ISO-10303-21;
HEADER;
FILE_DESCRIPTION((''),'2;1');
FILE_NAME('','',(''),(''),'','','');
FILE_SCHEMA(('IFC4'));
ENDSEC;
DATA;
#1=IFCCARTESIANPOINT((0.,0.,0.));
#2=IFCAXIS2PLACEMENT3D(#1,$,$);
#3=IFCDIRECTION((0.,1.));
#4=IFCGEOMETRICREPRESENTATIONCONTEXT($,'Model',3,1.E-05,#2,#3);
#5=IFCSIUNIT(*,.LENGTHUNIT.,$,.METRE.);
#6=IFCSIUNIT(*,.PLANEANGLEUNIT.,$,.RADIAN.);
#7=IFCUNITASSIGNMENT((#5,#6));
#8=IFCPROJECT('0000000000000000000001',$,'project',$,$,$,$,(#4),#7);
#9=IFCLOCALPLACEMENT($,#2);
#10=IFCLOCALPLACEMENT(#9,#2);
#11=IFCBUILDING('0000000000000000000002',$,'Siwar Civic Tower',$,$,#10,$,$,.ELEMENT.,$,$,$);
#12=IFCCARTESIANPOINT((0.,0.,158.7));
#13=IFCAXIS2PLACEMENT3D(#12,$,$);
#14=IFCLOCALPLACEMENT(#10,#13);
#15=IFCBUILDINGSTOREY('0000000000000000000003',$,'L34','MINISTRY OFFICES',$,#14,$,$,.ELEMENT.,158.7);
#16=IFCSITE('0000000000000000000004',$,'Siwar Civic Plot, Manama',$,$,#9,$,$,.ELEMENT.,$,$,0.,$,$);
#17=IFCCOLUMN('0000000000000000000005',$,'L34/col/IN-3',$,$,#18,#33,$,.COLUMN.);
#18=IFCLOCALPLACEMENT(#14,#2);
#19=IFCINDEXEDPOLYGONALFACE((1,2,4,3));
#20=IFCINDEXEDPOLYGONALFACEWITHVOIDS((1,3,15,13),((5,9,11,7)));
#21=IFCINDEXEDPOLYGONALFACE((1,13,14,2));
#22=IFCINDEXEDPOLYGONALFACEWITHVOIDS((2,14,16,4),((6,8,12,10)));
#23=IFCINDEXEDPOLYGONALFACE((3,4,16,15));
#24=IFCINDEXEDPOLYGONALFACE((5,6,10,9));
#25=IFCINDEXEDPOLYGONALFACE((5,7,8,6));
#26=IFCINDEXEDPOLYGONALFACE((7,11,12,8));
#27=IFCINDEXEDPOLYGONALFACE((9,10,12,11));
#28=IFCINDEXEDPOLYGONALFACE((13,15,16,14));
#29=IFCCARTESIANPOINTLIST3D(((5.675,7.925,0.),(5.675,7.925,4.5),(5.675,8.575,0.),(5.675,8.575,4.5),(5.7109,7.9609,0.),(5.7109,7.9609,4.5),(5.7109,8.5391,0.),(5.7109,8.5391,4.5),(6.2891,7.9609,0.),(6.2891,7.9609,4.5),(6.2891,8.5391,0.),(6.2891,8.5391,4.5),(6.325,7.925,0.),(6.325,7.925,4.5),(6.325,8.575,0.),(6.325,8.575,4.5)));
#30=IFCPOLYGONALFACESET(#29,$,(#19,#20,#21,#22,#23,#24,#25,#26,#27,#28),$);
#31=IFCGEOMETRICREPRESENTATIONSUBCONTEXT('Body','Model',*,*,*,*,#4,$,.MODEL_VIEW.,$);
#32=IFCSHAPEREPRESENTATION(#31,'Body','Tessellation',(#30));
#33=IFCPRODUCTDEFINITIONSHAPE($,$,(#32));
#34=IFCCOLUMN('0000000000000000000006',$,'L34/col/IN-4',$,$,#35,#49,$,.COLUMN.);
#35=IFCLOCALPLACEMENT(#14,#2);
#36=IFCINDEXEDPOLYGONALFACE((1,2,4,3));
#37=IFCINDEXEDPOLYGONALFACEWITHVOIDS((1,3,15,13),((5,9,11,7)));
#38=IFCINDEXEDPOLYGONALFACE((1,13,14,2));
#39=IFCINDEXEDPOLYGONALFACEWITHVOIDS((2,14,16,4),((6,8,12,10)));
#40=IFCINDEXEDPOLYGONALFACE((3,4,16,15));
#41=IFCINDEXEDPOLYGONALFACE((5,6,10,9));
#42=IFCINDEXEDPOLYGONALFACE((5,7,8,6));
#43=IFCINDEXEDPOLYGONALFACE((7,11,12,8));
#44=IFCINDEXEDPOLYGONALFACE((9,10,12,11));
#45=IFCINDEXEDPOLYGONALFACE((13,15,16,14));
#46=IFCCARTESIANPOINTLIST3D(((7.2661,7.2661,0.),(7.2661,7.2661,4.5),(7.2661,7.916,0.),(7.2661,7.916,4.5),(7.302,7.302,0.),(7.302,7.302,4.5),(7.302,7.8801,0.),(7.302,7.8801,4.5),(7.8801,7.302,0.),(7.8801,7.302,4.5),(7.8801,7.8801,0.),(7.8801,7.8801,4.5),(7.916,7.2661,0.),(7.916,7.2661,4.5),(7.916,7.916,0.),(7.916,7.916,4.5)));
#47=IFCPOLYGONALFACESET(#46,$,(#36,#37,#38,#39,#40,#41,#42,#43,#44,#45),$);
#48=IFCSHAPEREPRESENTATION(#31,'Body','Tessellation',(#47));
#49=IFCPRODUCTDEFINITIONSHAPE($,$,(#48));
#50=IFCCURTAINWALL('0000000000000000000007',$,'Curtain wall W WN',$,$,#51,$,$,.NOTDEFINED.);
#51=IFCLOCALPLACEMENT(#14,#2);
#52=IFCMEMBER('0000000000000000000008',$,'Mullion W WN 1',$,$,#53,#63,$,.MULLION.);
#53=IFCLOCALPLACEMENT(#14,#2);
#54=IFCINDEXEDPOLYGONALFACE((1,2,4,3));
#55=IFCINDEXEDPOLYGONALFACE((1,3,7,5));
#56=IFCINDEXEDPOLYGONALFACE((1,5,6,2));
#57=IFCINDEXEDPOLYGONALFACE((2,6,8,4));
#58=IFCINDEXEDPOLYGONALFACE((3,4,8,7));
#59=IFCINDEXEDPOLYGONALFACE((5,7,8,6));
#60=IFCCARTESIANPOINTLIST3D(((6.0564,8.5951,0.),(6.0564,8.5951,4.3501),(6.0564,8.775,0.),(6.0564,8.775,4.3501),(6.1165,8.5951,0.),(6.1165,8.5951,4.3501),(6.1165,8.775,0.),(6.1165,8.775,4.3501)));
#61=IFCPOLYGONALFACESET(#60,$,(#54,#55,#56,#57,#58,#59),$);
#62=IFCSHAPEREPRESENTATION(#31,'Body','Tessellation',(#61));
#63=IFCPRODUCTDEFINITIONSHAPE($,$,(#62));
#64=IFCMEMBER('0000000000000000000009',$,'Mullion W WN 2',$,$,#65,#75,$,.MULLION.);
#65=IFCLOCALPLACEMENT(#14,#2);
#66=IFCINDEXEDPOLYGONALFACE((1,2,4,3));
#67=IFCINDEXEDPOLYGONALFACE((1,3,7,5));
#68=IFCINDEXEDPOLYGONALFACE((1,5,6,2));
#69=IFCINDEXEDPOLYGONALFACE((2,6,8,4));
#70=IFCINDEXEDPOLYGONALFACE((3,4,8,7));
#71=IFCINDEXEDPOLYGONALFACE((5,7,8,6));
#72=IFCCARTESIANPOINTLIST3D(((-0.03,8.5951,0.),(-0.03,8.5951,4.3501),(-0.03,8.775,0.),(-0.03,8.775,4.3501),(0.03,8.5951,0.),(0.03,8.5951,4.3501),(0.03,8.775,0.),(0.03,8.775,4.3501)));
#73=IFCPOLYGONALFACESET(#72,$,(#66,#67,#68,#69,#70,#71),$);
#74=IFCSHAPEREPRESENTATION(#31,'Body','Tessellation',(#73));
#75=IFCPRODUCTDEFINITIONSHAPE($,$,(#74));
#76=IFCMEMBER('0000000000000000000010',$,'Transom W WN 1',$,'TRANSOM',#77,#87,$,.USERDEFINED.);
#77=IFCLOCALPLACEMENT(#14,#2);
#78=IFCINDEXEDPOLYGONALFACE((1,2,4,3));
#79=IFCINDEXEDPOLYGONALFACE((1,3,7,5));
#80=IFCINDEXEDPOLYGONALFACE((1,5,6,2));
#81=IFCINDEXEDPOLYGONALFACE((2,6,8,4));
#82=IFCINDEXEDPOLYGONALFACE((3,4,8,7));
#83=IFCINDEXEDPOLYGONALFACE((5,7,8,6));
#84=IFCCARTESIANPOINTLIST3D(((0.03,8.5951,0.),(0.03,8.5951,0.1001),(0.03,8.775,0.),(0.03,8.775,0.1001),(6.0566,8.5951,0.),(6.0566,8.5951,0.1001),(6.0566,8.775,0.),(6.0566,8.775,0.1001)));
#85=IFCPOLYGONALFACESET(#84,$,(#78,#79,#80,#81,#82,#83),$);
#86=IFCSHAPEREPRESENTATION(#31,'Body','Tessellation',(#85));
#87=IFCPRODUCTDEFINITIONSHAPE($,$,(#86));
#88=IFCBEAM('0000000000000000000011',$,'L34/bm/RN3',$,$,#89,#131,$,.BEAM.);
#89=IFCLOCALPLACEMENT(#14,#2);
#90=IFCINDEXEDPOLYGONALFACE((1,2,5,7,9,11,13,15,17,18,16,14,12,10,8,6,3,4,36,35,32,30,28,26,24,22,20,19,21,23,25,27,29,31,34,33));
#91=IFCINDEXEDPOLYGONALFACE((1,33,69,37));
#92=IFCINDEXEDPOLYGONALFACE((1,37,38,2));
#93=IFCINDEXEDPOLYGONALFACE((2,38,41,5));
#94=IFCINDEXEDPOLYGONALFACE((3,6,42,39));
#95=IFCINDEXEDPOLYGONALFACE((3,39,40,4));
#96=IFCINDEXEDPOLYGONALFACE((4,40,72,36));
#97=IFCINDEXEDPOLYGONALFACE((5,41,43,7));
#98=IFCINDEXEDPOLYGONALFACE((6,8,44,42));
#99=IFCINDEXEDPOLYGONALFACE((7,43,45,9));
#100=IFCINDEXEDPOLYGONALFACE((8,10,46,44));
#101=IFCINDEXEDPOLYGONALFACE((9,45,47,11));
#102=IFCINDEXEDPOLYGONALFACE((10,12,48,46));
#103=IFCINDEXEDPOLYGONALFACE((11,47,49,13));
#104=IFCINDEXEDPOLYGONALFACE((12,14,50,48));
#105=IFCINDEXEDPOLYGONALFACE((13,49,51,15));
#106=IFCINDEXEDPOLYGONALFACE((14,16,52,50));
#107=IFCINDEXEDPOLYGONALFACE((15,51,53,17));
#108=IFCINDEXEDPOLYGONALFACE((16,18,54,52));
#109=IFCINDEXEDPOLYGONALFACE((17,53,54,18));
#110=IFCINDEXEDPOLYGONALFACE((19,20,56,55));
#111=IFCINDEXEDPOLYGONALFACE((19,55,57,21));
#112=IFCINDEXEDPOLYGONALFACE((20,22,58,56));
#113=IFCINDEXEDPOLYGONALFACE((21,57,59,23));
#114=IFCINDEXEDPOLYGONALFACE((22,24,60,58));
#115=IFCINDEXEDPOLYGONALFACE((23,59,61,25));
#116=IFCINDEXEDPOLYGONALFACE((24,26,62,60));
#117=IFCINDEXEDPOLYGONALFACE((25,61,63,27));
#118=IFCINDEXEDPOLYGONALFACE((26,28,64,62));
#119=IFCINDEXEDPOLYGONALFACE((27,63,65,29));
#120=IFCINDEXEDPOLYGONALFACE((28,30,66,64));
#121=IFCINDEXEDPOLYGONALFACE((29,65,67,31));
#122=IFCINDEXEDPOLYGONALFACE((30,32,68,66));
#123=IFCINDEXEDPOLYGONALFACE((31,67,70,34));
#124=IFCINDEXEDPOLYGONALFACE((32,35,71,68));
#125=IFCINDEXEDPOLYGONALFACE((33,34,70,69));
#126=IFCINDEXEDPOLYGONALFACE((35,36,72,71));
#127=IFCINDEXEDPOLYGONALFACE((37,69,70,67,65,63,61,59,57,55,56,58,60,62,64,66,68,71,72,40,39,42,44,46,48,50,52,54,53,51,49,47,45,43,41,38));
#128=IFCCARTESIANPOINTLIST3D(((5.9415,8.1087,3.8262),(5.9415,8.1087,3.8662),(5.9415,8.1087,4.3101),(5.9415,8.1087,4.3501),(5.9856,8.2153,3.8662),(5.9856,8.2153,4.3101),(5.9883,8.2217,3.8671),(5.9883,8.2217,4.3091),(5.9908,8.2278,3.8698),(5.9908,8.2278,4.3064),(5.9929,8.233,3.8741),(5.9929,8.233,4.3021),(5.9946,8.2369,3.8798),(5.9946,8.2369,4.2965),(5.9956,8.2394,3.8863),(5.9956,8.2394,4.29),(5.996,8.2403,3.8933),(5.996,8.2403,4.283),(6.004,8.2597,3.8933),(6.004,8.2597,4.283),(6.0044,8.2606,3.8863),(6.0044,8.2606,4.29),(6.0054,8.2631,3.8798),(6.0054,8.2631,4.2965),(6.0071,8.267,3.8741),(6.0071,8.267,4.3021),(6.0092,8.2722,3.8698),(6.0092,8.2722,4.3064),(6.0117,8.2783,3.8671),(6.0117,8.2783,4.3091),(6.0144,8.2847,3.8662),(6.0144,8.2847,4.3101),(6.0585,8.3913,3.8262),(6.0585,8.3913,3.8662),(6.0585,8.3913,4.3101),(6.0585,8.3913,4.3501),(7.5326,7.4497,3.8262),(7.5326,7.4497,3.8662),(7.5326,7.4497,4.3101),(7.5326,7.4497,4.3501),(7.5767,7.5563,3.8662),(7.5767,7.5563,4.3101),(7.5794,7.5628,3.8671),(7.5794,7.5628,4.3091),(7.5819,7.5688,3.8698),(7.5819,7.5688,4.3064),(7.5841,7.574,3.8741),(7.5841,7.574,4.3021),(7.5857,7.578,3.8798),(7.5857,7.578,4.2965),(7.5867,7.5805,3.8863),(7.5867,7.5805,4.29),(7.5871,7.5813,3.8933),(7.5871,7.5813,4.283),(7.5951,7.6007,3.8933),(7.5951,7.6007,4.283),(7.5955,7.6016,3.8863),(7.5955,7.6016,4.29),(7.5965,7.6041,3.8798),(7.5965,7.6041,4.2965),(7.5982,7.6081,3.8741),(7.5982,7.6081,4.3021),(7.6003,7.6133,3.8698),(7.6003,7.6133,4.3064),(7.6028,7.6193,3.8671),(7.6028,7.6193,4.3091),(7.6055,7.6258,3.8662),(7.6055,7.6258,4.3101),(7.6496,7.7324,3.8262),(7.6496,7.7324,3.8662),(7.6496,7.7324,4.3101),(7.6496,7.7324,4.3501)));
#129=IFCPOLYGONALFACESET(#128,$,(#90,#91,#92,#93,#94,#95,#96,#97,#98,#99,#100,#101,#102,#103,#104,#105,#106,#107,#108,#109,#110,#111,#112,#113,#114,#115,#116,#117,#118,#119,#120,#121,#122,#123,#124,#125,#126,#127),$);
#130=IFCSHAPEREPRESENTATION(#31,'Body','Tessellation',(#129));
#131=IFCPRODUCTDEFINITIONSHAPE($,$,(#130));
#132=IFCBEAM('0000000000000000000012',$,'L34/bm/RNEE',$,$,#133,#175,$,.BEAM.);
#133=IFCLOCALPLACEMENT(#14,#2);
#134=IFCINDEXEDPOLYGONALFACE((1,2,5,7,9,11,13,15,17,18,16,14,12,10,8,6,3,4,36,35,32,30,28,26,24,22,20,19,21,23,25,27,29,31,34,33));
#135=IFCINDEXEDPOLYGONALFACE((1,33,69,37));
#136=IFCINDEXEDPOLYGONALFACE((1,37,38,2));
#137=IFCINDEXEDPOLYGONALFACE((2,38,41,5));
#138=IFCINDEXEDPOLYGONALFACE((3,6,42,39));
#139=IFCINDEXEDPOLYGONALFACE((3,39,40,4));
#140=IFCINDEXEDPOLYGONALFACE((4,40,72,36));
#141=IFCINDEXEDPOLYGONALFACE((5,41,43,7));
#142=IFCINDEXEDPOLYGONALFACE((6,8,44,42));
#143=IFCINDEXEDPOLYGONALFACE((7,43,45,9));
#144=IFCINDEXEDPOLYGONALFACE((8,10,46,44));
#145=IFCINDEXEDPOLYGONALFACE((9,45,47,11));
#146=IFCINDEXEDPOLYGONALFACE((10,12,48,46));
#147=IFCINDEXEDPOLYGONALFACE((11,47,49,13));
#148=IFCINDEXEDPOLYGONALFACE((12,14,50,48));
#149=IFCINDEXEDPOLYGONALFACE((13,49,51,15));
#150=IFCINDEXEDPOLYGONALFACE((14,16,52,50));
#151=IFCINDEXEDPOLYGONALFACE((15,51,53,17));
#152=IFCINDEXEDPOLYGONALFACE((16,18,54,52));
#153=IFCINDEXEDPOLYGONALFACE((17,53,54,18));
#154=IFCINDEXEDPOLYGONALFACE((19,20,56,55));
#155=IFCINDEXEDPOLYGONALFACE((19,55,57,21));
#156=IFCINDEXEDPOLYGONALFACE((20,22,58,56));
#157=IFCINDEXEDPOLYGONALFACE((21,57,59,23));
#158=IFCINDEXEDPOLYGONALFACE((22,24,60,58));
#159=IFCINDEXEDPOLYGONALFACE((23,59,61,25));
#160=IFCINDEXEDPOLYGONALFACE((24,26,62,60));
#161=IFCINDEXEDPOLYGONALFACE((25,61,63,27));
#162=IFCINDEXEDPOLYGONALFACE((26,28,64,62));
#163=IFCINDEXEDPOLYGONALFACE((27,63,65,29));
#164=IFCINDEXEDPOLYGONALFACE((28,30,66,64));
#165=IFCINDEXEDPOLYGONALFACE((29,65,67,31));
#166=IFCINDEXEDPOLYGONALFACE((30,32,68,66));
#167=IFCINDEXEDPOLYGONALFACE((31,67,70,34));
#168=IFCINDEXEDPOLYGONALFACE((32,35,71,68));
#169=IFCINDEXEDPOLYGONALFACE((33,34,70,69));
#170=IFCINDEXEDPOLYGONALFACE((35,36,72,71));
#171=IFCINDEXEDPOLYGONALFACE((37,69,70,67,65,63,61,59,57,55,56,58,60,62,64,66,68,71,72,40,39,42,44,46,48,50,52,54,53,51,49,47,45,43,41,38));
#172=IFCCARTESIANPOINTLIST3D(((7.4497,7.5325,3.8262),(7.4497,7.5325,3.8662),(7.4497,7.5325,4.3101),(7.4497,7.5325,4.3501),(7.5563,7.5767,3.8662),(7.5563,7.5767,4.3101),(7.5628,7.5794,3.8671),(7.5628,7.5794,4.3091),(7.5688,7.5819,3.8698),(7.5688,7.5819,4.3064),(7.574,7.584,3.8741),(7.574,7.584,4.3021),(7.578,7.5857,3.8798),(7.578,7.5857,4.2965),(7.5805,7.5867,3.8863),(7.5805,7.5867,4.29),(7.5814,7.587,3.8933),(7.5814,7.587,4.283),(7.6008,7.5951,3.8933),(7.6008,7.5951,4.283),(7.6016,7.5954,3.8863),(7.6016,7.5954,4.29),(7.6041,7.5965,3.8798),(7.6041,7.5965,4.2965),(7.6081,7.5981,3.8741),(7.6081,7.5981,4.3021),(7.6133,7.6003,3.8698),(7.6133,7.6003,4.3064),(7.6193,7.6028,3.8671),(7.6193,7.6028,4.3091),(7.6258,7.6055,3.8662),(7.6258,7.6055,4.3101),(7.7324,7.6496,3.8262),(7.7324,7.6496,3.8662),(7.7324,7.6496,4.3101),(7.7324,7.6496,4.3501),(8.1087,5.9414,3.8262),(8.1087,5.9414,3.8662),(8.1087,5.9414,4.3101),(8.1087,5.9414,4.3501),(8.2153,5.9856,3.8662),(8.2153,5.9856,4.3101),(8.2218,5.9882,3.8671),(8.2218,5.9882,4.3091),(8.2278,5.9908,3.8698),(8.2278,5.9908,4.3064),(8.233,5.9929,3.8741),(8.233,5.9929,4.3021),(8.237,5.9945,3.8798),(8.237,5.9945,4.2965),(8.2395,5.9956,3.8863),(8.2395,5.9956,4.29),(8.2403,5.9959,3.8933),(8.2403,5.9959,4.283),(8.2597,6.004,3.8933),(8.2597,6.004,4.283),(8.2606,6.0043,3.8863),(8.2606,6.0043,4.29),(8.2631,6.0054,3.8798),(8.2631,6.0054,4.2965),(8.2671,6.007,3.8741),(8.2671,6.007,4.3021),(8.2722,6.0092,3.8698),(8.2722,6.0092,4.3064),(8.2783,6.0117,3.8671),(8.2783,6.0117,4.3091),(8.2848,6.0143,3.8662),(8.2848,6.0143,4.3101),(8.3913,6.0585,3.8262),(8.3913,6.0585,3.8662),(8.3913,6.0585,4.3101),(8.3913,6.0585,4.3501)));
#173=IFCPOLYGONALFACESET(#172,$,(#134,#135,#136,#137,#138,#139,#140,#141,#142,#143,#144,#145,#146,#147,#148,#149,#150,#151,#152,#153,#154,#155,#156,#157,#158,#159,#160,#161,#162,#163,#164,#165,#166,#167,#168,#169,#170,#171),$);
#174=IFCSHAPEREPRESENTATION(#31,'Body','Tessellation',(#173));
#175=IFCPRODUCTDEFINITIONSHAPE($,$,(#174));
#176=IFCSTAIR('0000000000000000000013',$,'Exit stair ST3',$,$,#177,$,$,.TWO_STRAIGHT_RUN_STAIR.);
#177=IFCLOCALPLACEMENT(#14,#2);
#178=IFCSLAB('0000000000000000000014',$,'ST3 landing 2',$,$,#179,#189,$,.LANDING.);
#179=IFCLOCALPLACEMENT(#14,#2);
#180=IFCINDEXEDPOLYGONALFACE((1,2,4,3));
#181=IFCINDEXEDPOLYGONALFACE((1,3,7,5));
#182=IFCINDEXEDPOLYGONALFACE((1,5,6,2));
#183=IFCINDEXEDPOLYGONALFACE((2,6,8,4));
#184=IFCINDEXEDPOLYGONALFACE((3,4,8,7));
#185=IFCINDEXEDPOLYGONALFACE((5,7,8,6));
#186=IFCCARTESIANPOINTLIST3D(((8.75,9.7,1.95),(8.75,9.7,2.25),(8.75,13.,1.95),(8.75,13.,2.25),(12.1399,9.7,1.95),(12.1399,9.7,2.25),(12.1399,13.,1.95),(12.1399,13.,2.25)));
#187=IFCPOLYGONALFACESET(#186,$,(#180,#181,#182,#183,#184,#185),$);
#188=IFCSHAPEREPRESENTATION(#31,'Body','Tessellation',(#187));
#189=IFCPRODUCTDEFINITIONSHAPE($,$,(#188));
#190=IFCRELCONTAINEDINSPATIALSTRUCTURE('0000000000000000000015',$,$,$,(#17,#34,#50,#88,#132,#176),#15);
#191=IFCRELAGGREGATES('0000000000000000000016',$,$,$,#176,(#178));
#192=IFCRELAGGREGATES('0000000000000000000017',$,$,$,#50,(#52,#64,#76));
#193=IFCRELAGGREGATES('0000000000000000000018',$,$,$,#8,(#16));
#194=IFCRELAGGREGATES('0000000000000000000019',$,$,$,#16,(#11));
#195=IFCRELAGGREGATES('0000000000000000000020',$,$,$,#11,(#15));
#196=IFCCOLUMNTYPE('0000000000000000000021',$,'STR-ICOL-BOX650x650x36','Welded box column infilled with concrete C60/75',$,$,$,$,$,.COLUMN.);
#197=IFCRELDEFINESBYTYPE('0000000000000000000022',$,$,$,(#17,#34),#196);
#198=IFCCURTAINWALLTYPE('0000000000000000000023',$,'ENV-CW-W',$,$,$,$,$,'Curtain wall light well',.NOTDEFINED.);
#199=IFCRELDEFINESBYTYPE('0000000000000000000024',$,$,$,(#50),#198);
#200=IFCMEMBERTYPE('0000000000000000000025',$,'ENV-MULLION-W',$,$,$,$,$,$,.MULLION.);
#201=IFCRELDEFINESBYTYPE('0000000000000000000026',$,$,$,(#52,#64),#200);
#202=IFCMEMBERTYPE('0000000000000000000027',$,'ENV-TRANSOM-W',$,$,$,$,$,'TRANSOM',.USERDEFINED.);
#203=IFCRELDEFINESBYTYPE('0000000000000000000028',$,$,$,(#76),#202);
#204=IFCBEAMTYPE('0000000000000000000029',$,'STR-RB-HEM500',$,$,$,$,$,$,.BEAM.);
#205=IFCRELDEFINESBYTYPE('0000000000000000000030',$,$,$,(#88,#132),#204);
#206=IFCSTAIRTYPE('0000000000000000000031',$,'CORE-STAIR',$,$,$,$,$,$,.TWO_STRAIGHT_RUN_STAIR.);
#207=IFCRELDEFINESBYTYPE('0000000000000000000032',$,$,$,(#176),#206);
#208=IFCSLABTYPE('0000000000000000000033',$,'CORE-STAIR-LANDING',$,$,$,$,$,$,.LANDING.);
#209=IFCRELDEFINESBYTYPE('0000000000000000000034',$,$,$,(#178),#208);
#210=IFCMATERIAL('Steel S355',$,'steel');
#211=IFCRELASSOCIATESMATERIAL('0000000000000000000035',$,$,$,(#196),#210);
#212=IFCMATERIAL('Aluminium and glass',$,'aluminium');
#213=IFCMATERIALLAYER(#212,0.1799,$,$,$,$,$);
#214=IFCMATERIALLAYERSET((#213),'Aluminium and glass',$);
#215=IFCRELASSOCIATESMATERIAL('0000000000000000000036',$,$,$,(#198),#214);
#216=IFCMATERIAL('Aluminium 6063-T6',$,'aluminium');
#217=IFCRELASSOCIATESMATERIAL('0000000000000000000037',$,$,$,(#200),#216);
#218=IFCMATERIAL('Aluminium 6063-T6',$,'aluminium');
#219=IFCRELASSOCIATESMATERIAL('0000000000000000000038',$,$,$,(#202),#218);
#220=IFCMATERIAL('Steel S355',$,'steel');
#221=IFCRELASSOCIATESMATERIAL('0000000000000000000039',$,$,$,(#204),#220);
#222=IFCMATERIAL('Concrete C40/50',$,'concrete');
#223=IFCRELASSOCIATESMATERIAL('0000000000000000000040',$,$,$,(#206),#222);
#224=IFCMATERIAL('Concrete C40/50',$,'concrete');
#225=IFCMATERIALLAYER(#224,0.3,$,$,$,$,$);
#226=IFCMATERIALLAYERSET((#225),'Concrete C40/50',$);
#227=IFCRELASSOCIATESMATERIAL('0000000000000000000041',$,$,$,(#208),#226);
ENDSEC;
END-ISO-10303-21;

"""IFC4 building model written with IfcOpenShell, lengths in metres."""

from ifc_helpers import new_model, si_unit, direction, frame, origin, origin_2d, place, context, subcontext, project, spatial, polyline, rectangle, hollow_rectangle, i_section, outline, extrude, material, layer, layer_set, material_profile, profile_set, type_object, element, aggregate, save


model = new_model("IFC4")

# Units and contexts
model_context = context("Model", 3, precision=1e-05, world=origin(), true_north=direction((0.0, 1.0)))
body_context = subcontext(model_context, "Body", "Model", "MODEL_VIEW")
ifc_project = project(units=[si_unit("LENGTHUNIT", "METRE"), si_unit("PLANEANGLEUNIT", "RADIAN")], contexts=[model_context])

# Site, building, storey
site_placement = place(None, origin())
site = spatial("IfcSite", under=ifc_project, at=site_placement, Name="Siwar Civic Plot, Manama", CompositionType="ELEMENT", RefElevation=0.0)
building_placement = place(site_placement, origin())
building = spatial("IfcBuilding", under=site, at=building_placement, Name="Siwar Civic Tower", CompositionType="ELEMENT")
storey_placement = place(building_placement, frame((0.0, 0.0, 158.7)))
storey = spatial("IfcBuildingStorey", under=building, at=storey_placement, Name="L34", Description="MINISTRY OFFICES", CompositionType="ELEMENT", Elevation=158.7)

# Columns
ifc_material_1 = material(Name="Steel S355", Category="steel")
ifc_material_profile_1 = material_profile(ifc_material_1, hollow_rectangle(XDim=0.6499, YDim=0.6499, WallThickness=0.0359, at=origin_2d()), Name="BOX650x650x36")
ifc_profile_set_1 = profile_set([ifc_material_profile_1], Name="Steel S355")
column_type = type_object("IfcColumnType", Name="STR-ICOL-BOX650x650x36", Description="Welded box column infilled with concrete C60/75", PredefinedType="COLUMN", material=ifc_profile_set_1)
for number, where, z_axis, x_axis, name in (
    (1, (6.0, 8.25, 0.0), (0.0, 0.0, 1.0), (1.0, 0.0, 0.0), "L34/col/IN-3"),
    (2, (7.5911, 7.5911, 0.0), (0.0, 0.0, 1.0), (1.0, 0.0, 0.0), "L34/col/IN-4"),
):
    element("IfcColumn", number, at=place(storey_placement, frame(where, z_axis=z_axis, x_axis=x_axis)), inside=storey, type_object=column_type, Name=name, PredefinedType="COLUMN", context=body_context, shape_type="SweptSolid", body=[
        extrude(hollow_rectangle(XDim=0.6499, YDim=0.6499, WallThickness=0.0359, at=origin_2d()), origin(), (0.0, 0.0, 1.0), 4.5),
    ])

# Curtain wall, members
ifc_material_2 = material(Name="Aluminium and glass", Category="aluminium")
ifc_layer_1 = layer(ifc_material_2, 0.1799)
ifc_layer_set_1 = layer_set([ifc_layer_1], Name="Aluminium and glass")
curtain_wall_type = type_object("IfcCurtainWallType", Name="ENV-CW-W", ElementType="Curtain wall light well", PredefinedType="NOTDEFINED", material=ifc_layer_set_1)
curtain_wall_placement = place(storey_placement, origin())
curtain_wall = element("IfcCurtainWall", 3, at=curtain_wall_placement, inside=storey, type_object=curtain_wall_type, Name="Curtain wall W WN", PredefinedType="NOTDEFINED")
ifc_material_3 = material(Name="Aluminium 6063-T6", Category="aluminium")
ifc_material_profile_2 = material_profile(ifc_material_3, rectangle(XDim=0.1799, YDim=0.0601, at=origin_2d()), Name="AL 180x60")
ifc_profile_set_2 = profile_set([ifc_material_profile_2], Name="Aluminium 6063-T6")
member_type_1 = type_object("IfcMemberType", Name="ENV-MULLION-W", PredefinedType="MULLION", material=ifc_profile_set_2)
member_1_placement = place(storey_placement, frame((6.0864, 8.6851, 0.0), z_axis=(0.0, 0.0, 1.0), x_axis=(0.0, -1.0, 0.0)))
member_1 = element("IfcMember", 4, at=member_1_placement, type_object=member_type_1, Name="Mullion W WN 1", PredefinedType="MULLION", context=body_context, shape_type="SweptSolid", body=[
    extrude(rectangle(XDim=0.1799, YDim=0.0601, at=origin_2d()), origin(), (0.0, 0.0, 1.0), 4.3501),
])
member_2_placement = place(storey_placement, frame((0.0, 8.6851, 0.0), z_axis=(0.0, 0.0, 1.0), x_axis=(0.0, -1.0, 0.0)))
member_2 = element("IfcMember", 5, at=member_2_placement, type_object=member_type_1, Name="Mullion W WN 2", PredefinedType="MULLION", context=body_context, shape_type="SweptSolid", body=[
    extrude(rectangle(XDim=0.1799, YDim=0.0601, at=origin_2d()), origin(), (0.0, 0.0, 1.0), 4.3501),
])
ifc_material_4 = material(Name="Aluminium 6063-T6", Category="aluminium")
ifc_material_profile_3 = material_profile(ifc_material_4, rectangle(XDim=0.1799, YDim=0.1001, at=origin_2d()), Name="AL 180x100")
ifc_profile_set_3 = profile_set([ifc_material_profile_3], Name="Aluminium 6063-T6")
member_type_2 = type_object("IfcMemberType", Name="ENV-TRANSOM-W", ElementType="TRANSOM", PredefinedType="USERDEFINED", material=ifc_profile_set_3)
member_3_placement = place(storey_placement, frame((6.0566, 8.6851, 0.05), z_axis=(-1.0, 0.0, 0.0), x_axis=(0.0, -1.0, 0.0)))
member_3 = element("IfcMember", 6, at=member_3_placement, type_object=member_type_2, Name="Transom W WN 1", ObjectType="TRANSOM", PredefinedType="USERDEFINED", context=body_context, shape_type="SweptSolid", body=[
    extrude(rectangle(XDim=0.1799, YDim=0.1001, at=origin_2d()), origin(), (0.0, 0.0, 1.0), 6.0266),
])

# Beams
ifc_material_5 = material(Name="Steel S355", Category="steel")
ifc_material_profile_4 = material_profile(ifc_material_5, i_section(OverallWidth=0.3059, OverallDepth=0.5239, WebThickness=0.021, FlangeThickness=0.04, FilletRadius=0.0271, at=origin_2d()), Name="HEM500")
ifc_profile_set_4 = profile_set([ifc_material_profile_4], Name="Steel S355")
beam_type = type_object("IfcBeamType", Name="STR-RB-HEM500", PredefinedType="BEAM", material=ifc_profile_set_4)
for number, where, z_axis, x_axis, name in (
    (7, (6.0, 8.25, 4.0881), (0.923901, -0.382631, 0.0), (0.382631, 0.923901, 0.0), "L34/bm/RN3"),
    (8, (7.5911, 7.5911, 4.0881), (0.382631, -0.923901, 0.0), (0.923901, 0.382631, 0.0), "L34/bm/RNEE"),
):
    element("IfcBeam", number, at=place(storey_placement, frame(where, z_axis=z_axis, x_axis=x_axis)), inside=storey, type_object=beam_type, Name=name, PredefinedType="BEAM", context=body_context, shape_type="SweptSolid", body=[
        extrude(i_section(OverallWidth=0.3059, OverallDepth=0.5239, WebThickness=0.021, FlangeThickness=0.04, FilletRadius=0.0271, at=origin_2d()), origin(), (0.0, 0.0, 1.0), 1.7222),
    ])

# Stair, slab
ifc_material_6 = material(Name="Concrete C40/50", Category="concrete")
stair_type = type_object("IfcStairType", Name="CORE-STAIR", PredefinedType="TWO_STRAIGHT_RUN_STAIR", material=ifc_material_6)
stair_1_placement = place(storey_placement, origin())
stair_1 = element("IfcStair", 9, at=stair_1_placement, inside=storey, type_object=stair_type, Name="Exit stair ST3", PredefinedType="TWO_STRAIGHT_RUN_STAIR")
ifc_material_7 = material(Name="Concrete C40/50", Category="concrete")
ifc_layer_2 = layer(ifc_material_7, 0.3)
ifc_layer_set_2 = layer_set([ifc_layer_2], Name="Concrete C40/50")
slab_type = type_object("IfcSlabType", Name="CORE-STAIR-LANDING", PredefinedType="LANDING", material=ifc_layer_set_2)
slab_1_placement = place(storey_placement, frame((0.0, 0.0, 1.95)))
slab_1 = element("IfcSlab", 10, at=slab_1_placement, type_object=slab_type, Name="ST3 landing 2", PredefinedType="LANDING", context=body_context, shape_type="SweptSolid", body=[
    extrude(outline(polyline([(8.75, 9.7), (12.1399, 9.7), (12.1399, 13.0), (8.75, 13.0), (8.75, 9.7)])), origin(), (0.0, 0.0, 1.0), 0.3),
])
aggregate(stair_1, [slab_1])

aggregate(curtain_wall, [member_1, member_2, member_3])

save(model, "model.ifc")
